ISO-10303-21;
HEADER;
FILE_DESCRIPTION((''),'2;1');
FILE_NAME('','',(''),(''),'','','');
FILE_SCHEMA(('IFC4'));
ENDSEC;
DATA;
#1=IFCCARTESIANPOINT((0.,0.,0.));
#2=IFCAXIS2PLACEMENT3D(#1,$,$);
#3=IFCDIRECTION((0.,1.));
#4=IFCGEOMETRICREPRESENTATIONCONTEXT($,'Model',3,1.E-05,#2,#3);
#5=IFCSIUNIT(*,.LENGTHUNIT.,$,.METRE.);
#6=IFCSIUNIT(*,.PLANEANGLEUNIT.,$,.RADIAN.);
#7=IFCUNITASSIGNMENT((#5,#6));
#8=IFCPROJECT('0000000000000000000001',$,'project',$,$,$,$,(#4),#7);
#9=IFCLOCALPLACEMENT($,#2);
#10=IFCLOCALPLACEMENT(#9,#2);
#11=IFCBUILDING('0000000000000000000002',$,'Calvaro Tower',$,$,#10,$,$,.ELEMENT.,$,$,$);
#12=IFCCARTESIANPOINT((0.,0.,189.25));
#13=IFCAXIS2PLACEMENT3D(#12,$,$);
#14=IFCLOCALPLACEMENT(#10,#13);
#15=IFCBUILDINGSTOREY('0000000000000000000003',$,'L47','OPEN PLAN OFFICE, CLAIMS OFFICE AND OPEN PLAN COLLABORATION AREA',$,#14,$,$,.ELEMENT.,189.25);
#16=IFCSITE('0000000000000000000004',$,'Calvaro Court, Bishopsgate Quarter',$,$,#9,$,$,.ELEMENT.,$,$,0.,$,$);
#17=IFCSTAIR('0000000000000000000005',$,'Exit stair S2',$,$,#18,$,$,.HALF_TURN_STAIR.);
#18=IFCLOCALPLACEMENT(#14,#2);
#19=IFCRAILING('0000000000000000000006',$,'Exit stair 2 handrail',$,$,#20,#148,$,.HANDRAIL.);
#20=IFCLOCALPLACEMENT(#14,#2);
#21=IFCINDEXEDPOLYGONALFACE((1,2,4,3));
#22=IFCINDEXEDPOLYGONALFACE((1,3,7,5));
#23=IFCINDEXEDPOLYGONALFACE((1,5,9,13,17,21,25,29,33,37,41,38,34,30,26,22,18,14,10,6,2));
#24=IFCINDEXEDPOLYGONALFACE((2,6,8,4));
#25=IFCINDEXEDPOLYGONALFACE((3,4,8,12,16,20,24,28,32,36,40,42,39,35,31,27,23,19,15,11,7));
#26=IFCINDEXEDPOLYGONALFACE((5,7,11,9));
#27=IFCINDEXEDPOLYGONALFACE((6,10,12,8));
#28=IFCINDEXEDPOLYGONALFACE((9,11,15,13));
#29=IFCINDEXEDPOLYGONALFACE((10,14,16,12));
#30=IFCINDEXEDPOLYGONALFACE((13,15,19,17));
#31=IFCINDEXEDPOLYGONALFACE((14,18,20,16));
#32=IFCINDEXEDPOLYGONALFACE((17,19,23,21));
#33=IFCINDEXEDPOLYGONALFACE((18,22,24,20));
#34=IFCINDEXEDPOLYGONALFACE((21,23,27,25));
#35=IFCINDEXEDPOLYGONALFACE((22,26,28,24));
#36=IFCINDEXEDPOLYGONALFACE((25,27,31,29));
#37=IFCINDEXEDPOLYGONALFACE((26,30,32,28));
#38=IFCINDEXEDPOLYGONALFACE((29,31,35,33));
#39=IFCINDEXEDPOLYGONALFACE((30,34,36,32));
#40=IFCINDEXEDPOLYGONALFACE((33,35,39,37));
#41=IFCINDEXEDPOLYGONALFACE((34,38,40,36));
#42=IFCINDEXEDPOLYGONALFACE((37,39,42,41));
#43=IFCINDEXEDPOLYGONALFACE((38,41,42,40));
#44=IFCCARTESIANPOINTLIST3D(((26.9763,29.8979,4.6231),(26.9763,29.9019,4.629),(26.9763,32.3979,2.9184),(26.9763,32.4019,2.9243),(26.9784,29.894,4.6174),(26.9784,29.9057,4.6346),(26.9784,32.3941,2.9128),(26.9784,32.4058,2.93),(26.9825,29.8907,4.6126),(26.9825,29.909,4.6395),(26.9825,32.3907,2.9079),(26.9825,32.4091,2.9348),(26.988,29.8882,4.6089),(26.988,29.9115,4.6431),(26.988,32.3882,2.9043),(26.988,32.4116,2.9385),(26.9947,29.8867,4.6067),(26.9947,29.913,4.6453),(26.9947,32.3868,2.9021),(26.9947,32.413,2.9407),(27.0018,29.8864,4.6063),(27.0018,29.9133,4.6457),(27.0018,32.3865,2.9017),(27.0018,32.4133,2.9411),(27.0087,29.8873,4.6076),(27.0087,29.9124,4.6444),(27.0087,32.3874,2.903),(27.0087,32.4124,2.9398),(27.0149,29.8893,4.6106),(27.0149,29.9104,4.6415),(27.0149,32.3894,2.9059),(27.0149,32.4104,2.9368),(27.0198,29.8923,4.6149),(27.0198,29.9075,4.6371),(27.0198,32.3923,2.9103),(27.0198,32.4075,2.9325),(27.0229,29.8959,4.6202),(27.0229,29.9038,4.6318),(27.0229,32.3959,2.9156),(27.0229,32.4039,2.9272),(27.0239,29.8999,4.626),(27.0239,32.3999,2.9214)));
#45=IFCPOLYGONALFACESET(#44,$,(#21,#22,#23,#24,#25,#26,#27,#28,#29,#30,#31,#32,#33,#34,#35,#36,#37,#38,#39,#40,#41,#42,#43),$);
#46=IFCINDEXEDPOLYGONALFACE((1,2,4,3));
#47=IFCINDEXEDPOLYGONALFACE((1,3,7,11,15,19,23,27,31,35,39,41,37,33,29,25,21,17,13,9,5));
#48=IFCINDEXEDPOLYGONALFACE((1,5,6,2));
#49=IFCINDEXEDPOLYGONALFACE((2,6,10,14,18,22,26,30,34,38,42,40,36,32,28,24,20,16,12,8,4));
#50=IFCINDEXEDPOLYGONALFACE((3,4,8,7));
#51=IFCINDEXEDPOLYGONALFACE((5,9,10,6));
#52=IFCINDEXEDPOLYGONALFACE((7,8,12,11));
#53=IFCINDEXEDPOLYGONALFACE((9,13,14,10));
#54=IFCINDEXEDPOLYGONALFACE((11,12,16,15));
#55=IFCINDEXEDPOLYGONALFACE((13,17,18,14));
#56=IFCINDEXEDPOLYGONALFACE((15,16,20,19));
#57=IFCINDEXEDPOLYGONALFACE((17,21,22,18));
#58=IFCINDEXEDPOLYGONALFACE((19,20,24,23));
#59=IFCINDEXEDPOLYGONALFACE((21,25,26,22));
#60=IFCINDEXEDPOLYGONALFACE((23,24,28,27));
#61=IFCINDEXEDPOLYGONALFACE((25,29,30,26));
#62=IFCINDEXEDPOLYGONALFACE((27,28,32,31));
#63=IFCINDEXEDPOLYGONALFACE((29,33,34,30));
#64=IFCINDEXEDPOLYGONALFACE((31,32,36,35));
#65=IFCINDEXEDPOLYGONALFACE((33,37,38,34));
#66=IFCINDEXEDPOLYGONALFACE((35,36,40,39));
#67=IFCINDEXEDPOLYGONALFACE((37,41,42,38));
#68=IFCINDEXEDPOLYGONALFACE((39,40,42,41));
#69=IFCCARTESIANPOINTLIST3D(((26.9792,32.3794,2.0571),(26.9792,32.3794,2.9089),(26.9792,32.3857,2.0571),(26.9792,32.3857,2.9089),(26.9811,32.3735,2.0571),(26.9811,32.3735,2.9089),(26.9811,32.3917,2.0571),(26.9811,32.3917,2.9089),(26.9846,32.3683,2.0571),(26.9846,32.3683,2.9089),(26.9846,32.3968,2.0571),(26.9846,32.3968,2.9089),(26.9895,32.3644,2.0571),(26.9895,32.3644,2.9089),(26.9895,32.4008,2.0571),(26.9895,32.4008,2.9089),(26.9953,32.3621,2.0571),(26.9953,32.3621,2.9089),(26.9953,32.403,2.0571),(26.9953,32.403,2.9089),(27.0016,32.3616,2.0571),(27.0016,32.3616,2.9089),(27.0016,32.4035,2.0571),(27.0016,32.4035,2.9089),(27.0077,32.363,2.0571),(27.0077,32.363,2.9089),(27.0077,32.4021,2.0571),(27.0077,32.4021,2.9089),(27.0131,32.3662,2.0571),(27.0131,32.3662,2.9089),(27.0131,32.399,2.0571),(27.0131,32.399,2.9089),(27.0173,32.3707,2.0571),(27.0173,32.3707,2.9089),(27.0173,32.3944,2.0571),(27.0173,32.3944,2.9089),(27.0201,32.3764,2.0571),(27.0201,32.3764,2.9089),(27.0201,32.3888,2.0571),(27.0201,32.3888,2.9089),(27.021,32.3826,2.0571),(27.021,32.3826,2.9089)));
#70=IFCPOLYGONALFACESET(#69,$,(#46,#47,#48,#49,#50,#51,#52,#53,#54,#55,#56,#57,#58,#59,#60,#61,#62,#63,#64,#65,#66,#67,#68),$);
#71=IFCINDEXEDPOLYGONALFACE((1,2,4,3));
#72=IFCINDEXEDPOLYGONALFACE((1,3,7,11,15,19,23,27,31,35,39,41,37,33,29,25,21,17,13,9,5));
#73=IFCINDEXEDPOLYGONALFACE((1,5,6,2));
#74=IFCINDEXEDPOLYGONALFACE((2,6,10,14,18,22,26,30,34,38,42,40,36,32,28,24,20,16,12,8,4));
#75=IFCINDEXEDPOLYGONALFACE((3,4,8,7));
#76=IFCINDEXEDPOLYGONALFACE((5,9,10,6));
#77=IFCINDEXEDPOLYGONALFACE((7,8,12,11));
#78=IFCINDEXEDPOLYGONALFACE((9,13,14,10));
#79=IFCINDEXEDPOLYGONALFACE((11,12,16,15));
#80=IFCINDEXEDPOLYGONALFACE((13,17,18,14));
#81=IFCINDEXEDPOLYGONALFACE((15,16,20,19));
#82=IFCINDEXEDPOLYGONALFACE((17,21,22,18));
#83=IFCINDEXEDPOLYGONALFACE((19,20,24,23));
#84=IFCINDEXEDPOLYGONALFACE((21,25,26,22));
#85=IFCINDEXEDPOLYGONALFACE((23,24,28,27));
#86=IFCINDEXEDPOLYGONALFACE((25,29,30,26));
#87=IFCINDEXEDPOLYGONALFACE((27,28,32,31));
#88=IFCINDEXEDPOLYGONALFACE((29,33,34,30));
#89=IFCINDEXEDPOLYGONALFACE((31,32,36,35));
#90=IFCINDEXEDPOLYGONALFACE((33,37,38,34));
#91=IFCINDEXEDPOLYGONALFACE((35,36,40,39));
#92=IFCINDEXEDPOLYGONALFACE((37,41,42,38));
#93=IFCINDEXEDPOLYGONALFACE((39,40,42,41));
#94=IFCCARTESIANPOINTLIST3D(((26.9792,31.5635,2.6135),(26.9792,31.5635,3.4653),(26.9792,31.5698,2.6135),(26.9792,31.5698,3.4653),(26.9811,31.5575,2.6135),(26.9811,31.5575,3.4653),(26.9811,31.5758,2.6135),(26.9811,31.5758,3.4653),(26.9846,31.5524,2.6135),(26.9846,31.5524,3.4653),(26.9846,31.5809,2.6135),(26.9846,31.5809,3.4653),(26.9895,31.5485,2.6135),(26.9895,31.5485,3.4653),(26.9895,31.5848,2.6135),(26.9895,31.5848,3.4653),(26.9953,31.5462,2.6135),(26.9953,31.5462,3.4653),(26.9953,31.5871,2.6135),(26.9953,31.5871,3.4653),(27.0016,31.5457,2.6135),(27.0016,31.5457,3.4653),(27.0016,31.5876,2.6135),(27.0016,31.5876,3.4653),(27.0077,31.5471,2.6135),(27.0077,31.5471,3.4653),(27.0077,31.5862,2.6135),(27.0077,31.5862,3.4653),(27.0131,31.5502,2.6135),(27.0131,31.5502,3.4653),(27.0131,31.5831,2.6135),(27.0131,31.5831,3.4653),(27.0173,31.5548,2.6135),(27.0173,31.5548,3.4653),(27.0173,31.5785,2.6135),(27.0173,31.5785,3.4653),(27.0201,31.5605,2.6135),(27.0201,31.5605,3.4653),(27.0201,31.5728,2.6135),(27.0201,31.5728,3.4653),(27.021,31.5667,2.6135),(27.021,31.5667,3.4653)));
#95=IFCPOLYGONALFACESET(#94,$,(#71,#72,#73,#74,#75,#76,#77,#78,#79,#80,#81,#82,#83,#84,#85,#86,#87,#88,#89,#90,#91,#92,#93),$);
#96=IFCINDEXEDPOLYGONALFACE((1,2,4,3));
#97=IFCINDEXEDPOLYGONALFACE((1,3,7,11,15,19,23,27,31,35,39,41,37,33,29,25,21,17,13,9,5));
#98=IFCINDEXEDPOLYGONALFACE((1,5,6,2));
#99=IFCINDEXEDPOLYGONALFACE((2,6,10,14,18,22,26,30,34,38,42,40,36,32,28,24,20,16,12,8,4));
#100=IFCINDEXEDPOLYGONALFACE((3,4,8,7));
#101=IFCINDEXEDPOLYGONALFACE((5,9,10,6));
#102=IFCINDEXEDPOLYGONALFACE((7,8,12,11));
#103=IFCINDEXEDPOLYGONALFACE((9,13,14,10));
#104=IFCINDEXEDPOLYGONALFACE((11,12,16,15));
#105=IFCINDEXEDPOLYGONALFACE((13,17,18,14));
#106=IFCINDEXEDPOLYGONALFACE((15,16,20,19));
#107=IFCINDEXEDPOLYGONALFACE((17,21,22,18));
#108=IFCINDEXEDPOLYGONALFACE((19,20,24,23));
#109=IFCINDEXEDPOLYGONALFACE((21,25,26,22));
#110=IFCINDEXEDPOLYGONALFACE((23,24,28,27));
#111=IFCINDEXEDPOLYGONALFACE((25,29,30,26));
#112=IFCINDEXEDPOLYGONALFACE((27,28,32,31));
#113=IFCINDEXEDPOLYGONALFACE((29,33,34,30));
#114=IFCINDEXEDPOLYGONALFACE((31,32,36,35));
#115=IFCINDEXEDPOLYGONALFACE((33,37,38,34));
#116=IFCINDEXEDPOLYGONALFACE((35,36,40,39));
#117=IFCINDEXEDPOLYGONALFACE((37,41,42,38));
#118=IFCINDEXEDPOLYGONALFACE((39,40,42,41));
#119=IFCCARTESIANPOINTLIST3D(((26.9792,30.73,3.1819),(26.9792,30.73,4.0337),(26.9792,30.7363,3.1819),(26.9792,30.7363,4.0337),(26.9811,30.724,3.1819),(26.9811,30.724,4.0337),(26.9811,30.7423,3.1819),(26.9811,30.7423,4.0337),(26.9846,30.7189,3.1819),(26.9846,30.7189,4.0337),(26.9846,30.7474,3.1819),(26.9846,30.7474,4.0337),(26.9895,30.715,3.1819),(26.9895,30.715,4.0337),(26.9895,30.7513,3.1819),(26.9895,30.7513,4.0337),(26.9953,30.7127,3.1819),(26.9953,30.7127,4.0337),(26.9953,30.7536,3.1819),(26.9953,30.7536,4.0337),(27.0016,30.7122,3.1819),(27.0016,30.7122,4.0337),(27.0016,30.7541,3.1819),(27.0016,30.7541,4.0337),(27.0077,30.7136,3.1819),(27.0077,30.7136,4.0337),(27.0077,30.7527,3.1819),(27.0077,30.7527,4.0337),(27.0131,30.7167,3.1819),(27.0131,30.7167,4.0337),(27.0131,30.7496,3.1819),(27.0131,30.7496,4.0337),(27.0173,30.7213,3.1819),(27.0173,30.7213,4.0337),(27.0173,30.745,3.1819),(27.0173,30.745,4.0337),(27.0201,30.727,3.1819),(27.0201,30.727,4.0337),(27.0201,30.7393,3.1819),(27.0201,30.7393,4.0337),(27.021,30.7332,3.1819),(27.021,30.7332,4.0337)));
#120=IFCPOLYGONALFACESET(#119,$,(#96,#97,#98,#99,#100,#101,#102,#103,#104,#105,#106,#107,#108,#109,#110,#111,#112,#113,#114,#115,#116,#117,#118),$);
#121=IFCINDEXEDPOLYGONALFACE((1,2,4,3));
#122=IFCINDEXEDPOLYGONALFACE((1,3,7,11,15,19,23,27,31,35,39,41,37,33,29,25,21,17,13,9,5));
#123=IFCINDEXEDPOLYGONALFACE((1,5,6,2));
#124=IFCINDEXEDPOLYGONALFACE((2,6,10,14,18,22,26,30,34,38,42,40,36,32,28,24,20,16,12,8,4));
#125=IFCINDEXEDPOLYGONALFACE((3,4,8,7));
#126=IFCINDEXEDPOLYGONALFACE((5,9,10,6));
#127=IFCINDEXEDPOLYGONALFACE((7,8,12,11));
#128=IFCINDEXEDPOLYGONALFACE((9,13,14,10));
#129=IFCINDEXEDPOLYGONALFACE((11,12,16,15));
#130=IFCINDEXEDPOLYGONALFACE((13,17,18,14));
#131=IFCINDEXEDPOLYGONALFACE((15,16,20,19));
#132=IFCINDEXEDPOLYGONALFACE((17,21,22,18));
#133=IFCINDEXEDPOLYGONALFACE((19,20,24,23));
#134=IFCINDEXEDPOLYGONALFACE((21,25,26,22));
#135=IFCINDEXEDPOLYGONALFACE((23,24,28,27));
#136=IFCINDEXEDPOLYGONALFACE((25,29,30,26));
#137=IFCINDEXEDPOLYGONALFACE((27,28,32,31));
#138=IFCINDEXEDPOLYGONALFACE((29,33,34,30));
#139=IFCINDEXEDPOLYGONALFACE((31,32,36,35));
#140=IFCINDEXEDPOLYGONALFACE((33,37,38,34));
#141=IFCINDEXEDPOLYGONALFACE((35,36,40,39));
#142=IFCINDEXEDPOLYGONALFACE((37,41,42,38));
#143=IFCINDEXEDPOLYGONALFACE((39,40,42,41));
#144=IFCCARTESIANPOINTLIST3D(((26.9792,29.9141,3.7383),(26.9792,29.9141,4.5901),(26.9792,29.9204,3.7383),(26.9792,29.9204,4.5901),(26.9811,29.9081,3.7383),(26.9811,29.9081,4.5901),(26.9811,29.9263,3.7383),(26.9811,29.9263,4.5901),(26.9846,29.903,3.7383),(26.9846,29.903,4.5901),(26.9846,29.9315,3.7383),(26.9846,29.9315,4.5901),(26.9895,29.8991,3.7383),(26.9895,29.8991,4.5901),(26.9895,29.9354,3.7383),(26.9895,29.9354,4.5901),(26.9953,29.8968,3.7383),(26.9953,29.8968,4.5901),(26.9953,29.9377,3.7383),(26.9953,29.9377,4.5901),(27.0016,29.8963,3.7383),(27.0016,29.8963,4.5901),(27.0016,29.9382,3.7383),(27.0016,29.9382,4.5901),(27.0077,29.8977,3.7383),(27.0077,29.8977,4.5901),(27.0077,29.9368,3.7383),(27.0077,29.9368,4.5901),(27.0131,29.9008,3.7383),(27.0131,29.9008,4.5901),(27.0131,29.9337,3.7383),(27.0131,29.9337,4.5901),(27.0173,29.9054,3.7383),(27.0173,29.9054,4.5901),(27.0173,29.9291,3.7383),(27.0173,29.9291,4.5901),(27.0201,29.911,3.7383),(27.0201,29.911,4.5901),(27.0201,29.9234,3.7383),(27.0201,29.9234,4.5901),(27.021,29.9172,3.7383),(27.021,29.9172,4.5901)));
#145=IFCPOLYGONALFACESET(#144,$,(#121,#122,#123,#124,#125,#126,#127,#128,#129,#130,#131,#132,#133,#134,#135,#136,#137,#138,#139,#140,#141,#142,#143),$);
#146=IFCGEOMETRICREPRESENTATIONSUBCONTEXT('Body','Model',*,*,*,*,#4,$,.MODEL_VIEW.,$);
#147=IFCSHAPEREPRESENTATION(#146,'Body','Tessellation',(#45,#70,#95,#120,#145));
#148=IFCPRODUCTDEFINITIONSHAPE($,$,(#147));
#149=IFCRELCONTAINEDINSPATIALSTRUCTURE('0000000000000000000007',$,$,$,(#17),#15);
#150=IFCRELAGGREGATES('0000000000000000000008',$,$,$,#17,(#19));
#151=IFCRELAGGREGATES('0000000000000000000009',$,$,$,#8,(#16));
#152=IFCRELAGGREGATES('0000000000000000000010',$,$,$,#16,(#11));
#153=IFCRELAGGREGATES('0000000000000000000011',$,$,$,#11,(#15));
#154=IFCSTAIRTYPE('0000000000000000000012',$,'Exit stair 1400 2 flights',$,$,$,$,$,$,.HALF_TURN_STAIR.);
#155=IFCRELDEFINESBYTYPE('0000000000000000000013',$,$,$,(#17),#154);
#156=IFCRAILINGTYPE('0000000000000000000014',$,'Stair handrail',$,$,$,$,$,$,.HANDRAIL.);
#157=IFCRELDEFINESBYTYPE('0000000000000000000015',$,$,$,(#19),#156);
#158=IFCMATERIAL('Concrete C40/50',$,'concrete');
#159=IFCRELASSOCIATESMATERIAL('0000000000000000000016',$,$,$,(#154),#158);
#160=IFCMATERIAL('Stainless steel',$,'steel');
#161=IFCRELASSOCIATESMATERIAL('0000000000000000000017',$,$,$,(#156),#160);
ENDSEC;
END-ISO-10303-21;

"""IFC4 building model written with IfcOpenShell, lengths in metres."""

from ifc_helpers import new_model, si_unit, direction, frame, origin, origin_2d, place, context, subcontext, project, spatial, circle, extrude, material, type_object, element, aggregate, save


model = new_model("IFC4")

# Units and contexts
model_context = context("Model", 3, precision=1e-05, world=origin(), true_north=direction((0.0, 1.0)))
body_context = subcontext(model_context, "Body", "Model", "MODEL_VIEW")
ifc_project = project(units=[si_unit("LENGTHUNIT", "METRE"), si_unit("PLANEANGLEUNIT", "RADIAN")], contexts=[model_context])

# Site, building, storey
site_placement = place(None, origin())
site = spatial("IfcSite", under=ifc_project, at=site_placement, Name="Calvaro Court, Bishopsgate Quarter", CompositionType="ELEMENT", RefElevation=0.0)
building_placement = place(site_placement, origin())
building = spatial("IfcBuilding", under=site, at=building_placement, Name="Calvaro Tower", CompositionType="ELEMENT")
storey_placement = place(building_placement, frame((0.0, 0.0, 189.25)))
storey = spatial("IfcBuildingStorey", under=building, at=storey_placement, Name="L47", Description="OPEN PLAN OFFICE, CLAIMS OFFICE AND OPEN PLAN COLLABORATION AREA", CompositionType="ELEMENT", Elevation=189.25)

# Stair, railing
ifc_material_1 = material(Name="Concrete C40/50", Category="concrete")
stair_type = type_object("IfcStairType", Name="Exit stair 1400 2 flights", PredefinedType="HALF_TURN_STAIR", material=ifc_material_1)
stair_placement = place(storey_placement, origin())
stair = element("IfcStair", 1, at=stair_placement, inside=storey, type_object=stair_type, Name="Exit stair S2", PredefinedType="HALF_TURN_STAIR")
ifc_material_2 = material(Name="Stainless steel", Category="steel")
railing_type = type_object("IfcRailingType", Name="Stair handrail", PredefinedType="HANDRAIL", material=ifc_material_2)
railing_placement = place(storey_placement, frame((27.0, 32.3999, 2.0454)))
railing = element("IfcRailing", 2, at=railing_placement, type_object=railing_type, Name="Exit stair 2 handrail", PredefinedType="HANDRAIL", context=body_context, shape_type="SweptSolid", body=[
    extrude(circle(Radius=0.0239, at=origin_2d()), frame((0.0, 0.0, 0.876), z_axis=(0.0, -0.826221, 0.563347), x_axis=(1.0, 0.0, 0.0)), (0.0, 0.0, 1.0), 3.0259),
    extrude(circle(Radius=0.021, at=origin_2d()), frame((0.0, -0.0173, 0.0117)), (0.0, 0.0, 1.0), 0.8518),
    extrude(circle(Radius=0.021, at=origin_2d()), frame((0.0, -0.8333, 0.5681)), (0.0, 0.0, 1.0), 0.8518),
    extrude(circle(Radius=0.021, at=origin_2d()), frame((0.0, -1.6667, 1.1365)), (0.0, 0.0, 1.0), 0.8518),
    extrude(circle(Radius=0.021, at=origin_2d()), frame((0.0, -2.4827, 1.6929)), (0.0, 0.0, 1.0), 0.8518),
])
aggregate(stair, [railing])

save(model, "model.ifc")
